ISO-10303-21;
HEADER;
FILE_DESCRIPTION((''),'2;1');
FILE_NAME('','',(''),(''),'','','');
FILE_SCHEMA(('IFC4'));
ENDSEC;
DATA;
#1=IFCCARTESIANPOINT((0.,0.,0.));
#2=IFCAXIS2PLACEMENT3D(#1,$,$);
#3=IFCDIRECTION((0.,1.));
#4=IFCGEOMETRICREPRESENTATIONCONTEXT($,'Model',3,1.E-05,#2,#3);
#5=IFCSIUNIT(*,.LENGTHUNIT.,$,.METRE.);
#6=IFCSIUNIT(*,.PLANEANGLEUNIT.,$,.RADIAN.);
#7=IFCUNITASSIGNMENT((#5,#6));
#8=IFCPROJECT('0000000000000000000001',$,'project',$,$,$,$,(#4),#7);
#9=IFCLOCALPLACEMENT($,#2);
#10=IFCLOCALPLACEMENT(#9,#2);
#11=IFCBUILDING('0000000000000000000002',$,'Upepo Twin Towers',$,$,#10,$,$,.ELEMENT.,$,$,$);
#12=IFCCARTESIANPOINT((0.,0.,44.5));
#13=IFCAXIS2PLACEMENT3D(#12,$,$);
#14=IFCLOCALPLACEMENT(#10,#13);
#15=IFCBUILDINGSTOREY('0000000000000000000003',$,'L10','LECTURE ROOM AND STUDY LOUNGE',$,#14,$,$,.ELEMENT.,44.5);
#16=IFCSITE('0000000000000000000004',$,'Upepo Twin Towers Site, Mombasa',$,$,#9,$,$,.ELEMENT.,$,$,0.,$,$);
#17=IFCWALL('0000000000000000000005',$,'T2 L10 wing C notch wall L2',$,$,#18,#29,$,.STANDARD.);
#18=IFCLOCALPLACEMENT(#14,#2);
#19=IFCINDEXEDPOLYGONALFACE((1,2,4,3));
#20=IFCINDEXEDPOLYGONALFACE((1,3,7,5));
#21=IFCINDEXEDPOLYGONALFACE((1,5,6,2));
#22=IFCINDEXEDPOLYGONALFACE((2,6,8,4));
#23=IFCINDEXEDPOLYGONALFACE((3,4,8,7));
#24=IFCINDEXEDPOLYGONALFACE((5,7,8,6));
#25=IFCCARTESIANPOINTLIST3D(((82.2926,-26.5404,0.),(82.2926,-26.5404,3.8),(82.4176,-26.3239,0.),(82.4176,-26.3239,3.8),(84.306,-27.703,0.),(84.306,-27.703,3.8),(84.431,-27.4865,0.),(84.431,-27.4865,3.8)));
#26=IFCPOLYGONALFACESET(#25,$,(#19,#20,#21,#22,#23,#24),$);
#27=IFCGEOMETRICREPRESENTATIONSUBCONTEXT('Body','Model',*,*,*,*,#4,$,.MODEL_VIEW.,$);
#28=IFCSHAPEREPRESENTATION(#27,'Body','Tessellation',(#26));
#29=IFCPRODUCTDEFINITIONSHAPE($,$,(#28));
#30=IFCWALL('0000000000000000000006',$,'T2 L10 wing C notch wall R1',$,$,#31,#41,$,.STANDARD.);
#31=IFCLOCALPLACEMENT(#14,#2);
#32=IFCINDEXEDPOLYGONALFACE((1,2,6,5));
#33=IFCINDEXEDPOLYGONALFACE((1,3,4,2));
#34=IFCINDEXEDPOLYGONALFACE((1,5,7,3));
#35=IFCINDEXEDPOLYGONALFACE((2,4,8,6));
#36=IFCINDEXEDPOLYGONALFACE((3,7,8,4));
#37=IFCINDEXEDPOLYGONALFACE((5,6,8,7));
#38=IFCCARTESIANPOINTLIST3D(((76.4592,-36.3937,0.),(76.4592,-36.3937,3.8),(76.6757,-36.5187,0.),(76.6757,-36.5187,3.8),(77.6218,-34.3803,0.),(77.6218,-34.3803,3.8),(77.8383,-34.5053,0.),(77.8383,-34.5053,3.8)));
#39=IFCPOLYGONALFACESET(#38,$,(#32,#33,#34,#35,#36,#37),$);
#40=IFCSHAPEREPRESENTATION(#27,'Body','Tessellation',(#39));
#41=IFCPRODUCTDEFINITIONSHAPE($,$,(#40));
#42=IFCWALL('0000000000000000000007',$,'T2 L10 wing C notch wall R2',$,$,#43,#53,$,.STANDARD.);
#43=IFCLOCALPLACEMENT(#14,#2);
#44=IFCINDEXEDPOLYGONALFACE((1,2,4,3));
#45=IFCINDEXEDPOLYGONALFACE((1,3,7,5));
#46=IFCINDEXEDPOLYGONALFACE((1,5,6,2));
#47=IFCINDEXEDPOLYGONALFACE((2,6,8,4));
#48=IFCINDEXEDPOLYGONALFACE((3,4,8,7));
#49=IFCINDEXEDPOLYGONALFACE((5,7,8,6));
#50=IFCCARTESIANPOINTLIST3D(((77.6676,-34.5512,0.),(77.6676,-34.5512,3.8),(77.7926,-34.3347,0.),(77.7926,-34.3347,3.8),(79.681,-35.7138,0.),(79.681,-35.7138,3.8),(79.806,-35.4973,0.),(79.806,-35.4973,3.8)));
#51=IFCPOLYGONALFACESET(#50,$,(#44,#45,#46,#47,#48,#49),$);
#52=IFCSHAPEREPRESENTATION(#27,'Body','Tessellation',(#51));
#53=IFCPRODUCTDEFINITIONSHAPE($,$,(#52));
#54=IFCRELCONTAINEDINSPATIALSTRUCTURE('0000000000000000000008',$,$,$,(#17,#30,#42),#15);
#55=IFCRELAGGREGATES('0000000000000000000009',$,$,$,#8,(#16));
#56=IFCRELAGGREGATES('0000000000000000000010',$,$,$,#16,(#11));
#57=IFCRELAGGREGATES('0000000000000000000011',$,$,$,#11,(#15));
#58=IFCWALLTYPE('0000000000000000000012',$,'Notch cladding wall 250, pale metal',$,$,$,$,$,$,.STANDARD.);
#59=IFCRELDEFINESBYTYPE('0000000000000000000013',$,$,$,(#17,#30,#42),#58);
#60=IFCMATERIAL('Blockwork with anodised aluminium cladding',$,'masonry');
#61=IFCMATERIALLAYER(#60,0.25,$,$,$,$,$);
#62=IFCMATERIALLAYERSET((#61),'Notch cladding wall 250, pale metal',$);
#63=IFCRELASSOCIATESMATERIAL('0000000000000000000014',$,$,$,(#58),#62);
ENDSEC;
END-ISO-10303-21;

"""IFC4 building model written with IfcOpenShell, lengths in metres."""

from ifc_helpers import new_model, si_unit, direction, frame, frame_2d, origin, place, context, subcontext, project, spatial, rectangle, extrude, material, layer, layer_set, type_object, element, save


model = new_model("IFC4")

# Units and contexts
model_context = context("Model", 3, precision=1e-05, world=origin(), true_north=direction((0.0, 1.0)))
body_context = subcontext(model_context, "Body", "Model", "MODEL_VIEW")
ifc_project = project(units=[si_unit("LENGTHUNIT", "METRE"), si_unit("PLANEANGLEUNIT", "RADIAN")], contexts=[model_context])

# Site, building, storey
site_placement = place(None, origin())
site = spatial("IfcSite", under=ifc_project, at=site_placement, Name="Upepo Twin Towers Site, Mombasa", CompositionType="ELEMENT", RefElevation=0.0)
building_placement = place(site_placement, origin())
building = spatial("IfcBuilding", under=site, at=building_placement, Name="Upepo Twin Towers", CompositionType="ELEMENT")
storey_placement = place(building_placement, frame((0.0, 0.0, 44.5)))
storey = spatial("IfcBuildingStorey", under=building, at=storey_placement, Name="L10", Description="LECTURE ROOM AND STUDY LOUNGE", CompositionType="ELEMENT", Elevation=44.5)

# Walls
ifc_material_1 = material(Name="Blockwork with anodised aluminium cladding", Category="masonry")
ifc_layer_1 = layer(ifc_material_1, 0.25)
ifc_layer_set_1 = layer_set([ifc_layer_1], Name="Notch cladding wall 250, pale metal")
wall_type_1 = type_object("IfcWallType", Name="Notch cladding wall 250, pale metal", PredefinedType="STANDARD", material=ifc_layer_set_1)
for number, where, z_axis, x_axis, name in (
    (1, (82.355, -26.4321, 0.0), (0.0, 0.0, 1.0), (0.865998, -0.500047, 0.0), "T2 L10 wing C notch wall L2"),
    (2, (76.5674, -36.4563, 0.0), (0.0, 0.0, 1.0), (0.500047, 0.865998, 0.0), "T2 L10 wing C notch wall R1"),
    (3, (77.73, -34.4429, 0.0), (0.0, 0.0, 1.0), (0.865998, -0.500047, 0.0), "T2 L10 wing C notch wall R2"),
):
    element("IfcWall", number, at=place(storey_placement, frame(where, z_axis=z_axis, x_axis=x_axis)), inside=storey, type_object=wall_type_1, Name=name, PredefinedType="STANDARD", context=body_context, shape_type="SweptSolid", body=[
        extrude(rectangle(XDim=2.325, YDim=0.25, at=frame_2d((1.1626, 0.0))), origin(), (0.0, 0.0, 1.0), 3.8),
    ])

save(model, "model.ifc")
